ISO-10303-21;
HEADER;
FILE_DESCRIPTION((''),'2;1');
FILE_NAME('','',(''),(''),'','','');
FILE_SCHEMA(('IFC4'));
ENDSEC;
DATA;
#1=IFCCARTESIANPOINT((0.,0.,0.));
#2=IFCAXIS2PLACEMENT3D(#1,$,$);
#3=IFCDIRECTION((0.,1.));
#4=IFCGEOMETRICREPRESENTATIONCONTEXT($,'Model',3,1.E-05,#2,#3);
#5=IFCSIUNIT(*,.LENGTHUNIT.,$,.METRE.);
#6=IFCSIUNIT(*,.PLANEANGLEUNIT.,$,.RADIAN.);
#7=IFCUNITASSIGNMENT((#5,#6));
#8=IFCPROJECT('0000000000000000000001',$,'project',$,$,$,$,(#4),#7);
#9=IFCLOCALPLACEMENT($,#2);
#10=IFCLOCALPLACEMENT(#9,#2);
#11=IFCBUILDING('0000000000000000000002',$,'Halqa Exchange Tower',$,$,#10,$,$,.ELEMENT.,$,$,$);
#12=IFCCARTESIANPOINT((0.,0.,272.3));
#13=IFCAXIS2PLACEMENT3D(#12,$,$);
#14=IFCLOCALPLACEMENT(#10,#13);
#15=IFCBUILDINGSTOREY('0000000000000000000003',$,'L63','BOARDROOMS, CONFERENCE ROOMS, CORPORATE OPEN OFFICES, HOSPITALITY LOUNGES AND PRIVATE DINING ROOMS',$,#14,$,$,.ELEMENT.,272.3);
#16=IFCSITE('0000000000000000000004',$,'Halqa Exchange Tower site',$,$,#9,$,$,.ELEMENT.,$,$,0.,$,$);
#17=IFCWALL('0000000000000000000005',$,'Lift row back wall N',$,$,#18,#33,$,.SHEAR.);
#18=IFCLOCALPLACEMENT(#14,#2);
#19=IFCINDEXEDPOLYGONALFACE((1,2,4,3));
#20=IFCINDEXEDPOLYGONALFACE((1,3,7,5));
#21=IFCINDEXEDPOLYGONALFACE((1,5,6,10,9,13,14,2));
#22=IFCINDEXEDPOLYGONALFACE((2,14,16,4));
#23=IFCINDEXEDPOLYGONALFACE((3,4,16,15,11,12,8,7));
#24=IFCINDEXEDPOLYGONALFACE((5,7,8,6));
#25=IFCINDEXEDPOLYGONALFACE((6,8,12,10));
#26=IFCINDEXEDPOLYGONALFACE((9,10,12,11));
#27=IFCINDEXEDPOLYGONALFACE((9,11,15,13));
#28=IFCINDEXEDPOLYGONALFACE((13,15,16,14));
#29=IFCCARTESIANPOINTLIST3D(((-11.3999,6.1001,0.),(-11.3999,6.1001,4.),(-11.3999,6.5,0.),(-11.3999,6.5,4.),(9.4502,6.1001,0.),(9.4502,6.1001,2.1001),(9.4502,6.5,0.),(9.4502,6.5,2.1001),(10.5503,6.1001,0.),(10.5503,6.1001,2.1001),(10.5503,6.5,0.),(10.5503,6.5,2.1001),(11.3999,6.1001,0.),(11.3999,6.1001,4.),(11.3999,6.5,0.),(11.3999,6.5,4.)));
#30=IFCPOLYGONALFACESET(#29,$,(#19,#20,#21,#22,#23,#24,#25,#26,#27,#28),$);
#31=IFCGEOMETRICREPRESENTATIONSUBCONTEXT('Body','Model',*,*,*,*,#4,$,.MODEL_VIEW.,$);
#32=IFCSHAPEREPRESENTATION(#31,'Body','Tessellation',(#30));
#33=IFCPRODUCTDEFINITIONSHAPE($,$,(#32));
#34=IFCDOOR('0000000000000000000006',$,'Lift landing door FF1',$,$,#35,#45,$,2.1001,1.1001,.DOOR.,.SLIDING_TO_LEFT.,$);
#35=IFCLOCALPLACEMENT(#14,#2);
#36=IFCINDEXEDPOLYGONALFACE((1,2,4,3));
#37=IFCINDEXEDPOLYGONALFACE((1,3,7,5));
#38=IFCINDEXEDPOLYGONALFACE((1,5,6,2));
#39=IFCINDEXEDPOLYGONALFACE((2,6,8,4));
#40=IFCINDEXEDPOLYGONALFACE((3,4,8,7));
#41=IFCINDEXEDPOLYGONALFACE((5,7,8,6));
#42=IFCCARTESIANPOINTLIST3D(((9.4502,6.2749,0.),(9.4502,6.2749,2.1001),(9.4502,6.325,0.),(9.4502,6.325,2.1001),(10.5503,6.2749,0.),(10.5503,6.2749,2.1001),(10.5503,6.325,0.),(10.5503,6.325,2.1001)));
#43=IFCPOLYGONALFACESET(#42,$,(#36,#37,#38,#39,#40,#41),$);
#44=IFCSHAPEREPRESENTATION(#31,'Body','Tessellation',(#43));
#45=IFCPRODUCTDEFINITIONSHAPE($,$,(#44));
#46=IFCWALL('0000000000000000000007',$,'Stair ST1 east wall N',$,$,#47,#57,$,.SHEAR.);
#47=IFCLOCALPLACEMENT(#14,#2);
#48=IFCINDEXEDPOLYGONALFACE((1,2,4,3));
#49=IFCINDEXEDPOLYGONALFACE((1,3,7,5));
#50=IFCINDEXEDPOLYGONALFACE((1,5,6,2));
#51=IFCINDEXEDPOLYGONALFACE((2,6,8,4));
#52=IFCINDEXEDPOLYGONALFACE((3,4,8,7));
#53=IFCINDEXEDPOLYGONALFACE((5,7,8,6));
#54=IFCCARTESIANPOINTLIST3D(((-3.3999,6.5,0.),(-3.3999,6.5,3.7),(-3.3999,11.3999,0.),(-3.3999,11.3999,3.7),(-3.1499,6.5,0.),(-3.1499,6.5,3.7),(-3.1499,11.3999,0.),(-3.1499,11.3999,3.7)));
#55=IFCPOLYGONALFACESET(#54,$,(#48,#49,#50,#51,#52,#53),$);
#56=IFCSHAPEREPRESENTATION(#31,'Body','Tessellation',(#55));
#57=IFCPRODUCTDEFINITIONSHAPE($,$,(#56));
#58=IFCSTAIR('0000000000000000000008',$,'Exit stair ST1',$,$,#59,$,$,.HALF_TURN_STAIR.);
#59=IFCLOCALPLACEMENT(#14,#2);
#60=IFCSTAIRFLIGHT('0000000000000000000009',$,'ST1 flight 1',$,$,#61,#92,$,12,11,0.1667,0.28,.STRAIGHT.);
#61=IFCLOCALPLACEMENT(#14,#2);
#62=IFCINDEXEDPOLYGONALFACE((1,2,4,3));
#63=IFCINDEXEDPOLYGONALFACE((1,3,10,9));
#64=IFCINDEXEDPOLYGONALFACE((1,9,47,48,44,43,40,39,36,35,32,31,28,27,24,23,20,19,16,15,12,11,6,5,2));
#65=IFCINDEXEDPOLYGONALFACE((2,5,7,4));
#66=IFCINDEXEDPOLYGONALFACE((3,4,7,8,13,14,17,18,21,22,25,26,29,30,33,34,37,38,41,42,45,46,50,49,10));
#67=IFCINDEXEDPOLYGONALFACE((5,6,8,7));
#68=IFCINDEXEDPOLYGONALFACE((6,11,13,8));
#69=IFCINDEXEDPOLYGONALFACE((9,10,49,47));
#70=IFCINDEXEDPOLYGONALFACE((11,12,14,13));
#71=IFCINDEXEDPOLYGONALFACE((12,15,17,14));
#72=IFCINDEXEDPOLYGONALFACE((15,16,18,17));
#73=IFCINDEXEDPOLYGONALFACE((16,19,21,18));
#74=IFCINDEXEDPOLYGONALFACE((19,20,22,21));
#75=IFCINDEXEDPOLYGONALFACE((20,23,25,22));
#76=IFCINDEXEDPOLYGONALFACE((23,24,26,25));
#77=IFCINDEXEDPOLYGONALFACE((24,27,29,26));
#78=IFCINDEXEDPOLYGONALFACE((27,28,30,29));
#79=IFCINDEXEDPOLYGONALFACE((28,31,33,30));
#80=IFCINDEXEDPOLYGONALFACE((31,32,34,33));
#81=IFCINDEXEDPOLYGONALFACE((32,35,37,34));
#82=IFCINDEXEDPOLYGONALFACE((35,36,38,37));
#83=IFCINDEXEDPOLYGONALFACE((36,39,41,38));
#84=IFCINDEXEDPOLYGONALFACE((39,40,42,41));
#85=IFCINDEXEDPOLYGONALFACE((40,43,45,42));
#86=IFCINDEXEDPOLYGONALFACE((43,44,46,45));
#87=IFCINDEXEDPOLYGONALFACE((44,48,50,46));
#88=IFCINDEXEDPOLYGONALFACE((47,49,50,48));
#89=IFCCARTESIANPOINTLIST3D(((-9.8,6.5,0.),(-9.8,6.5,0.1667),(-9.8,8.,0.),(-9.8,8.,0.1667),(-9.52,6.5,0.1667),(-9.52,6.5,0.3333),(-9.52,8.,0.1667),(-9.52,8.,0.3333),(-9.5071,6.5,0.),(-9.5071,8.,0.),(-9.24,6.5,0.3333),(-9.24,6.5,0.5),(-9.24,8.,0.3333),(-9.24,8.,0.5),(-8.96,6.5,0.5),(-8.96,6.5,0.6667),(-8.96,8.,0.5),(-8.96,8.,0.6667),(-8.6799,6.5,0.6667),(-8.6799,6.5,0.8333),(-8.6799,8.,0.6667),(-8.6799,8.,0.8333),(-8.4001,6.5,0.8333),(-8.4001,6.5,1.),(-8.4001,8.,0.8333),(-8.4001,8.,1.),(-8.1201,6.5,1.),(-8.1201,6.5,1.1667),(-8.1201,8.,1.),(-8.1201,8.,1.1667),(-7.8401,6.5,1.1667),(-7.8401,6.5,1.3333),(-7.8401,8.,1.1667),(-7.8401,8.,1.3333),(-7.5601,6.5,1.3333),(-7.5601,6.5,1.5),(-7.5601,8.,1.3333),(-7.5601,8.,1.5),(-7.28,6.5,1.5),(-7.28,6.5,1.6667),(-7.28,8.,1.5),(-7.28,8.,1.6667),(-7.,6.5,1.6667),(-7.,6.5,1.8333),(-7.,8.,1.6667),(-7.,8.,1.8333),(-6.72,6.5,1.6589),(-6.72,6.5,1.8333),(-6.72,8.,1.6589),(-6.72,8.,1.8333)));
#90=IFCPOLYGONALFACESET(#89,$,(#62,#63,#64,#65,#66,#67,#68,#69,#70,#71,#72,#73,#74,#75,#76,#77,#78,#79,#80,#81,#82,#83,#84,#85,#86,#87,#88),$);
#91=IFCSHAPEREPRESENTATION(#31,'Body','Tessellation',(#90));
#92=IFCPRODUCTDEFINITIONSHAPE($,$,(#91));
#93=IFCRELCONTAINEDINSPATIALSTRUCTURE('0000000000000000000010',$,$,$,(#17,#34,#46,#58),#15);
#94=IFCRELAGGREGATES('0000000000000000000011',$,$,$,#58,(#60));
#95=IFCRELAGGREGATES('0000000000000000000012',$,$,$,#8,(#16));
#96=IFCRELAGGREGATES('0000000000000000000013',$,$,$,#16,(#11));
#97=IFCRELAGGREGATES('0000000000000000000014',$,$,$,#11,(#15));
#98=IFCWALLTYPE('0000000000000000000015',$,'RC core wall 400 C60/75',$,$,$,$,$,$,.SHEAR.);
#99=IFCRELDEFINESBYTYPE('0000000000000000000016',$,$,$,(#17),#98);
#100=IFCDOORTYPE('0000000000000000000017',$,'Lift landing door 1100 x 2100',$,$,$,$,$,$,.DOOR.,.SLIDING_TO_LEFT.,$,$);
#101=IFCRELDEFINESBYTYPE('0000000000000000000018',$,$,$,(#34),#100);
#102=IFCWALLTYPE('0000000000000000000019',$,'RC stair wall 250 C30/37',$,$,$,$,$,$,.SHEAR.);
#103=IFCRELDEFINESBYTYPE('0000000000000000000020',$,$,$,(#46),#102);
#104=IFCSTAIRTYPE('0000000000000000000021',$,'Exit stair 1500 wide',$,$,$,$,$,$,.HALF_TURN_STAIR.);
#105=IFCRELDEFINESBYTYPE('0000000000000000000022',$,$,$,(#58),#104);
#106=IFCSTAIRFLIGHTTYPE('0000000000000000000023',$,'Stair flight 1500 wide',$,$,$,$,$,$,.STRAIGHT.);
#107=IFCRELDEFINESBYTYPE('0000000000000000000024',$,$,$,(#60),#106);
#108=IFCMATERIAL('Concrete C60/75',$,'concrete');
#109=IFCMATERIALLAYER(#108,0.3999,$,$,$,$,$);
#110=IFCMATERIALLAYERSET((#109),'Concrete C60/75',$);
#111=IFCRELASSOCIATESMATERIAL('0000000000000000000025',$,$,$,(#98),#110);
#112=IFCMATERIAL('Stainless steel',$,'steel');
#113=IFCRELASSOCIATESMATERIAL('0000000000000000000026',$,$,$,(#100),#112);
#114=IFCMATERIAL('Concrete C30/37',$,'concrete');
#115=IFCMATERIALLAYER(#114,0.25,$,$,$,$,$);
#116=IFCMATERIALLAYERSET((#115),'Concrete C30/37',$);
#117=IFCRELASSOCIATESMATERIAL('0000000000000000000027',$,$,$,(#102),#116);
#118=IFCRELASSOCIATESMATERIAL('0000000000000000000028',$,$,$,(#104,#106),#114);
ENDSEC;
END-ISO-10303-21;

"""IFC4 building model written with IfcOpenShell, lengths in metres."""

from ifc_helpers import new_model, si_unit, direction, frame, frame_2d, origin, place, context, subcontext, project, spatial, polyline, rectangle, outline, extrude, material, layer, layer_set, type_object, element, fill, aggregate, save


model = new_model("IFC4")

# Units and contexts
model_context = context("Model", 3, precision=1e-05, world=origin(), true_north=direction((0.0, 1.0)))
body_context = subcontext(model_context, "Body", "Model", "MODEL_VIEW")
ifc_project = project(units=[si_unit("LENGTHUNIT", "METRE"), si_unit("PLANEANGLEUNIT", "RADIAN")], contexts=[model_context])

# Site, building, storey
site_placement = place(None, origin())
site = spatial("IfcSite", under=ifc_project, at=site_placement, Name="Halqa Exchange Tower site", CompositionType="ELEMENT", RefElevation=0.0)
building_placement = place(site_placement, origin())
building = spatial("IfcBuilding", under=site, at=building_placement, Name="Halqa Exchange Tower", CompositionType="ELEMENT")
storey_placement = place(building_placement, frame((0.0, 0.0, 272.3)))
storey = spatial("IfcBuildingStorey", under=building, at=storey_placement, Name="L63", Description="BOARDROOMS, CONFERENCE ROOMS, CORPORATE OPEN OFFICES, HOSPITALITY LOUNGES AND PRIVATE DINING ROOMS", CompositionType="ELEMENT", Elevation=272.3)

# Shared definitions
ifc_material_1 = material(Name="Concrete C60/75", Category="concrete")

# Shared definitions
ifc_layer_1 = layer(ifc_material_1, 0.3999)
ifc_layer_set_1 = layer_set([ifc_layer_1], Name="Concrete C60/75")
wall_type_1 = type_object("IfcWallType", Name="RC core wall 400 C60/75", PredefinedType="SHEAR", material=ifc_layer_set_1)
ifc_material_2 = material(Name="Stainless steel", Category="steel")
door_type_1 = type_object("IfcDoorType", Name="Lift landing door 1100 x 2100", OperationType="SLIDING_TO_LEFT", PredefinedType="DOOR", material=ifc_material_2)

# Wall, opening, door
wall_1_placement = place(storey_placement, frame((-11.3999, 6.3, 0.0), z_axis=(0.0, 0.0, 1.0), x_axis=(1.0, 0.0, 0.0)))
wall_1 = element("IfcWall", 1, at=wall_1_placement, inside=storey, type_object=wall_type_1, Name="Lift row back wall N", PredefinedType="SHEAR", context=body_context, shape_type="SweptSolid", body=[
    extrude(rectangle(XDim=22.7998, YDim=0.3999, at=frame_2d((11.3999, 0.0))), origin(), (0.0, 0.0, 1.0), 4.0),
])
opening_1_placement = place(wall_1_placement, frame((20.8501, 0.0, 0.0)))
opening_1 = element("IfcOpeningElement", 2, at=opening_1_placement, cuts=wall_1, PredefinedType="OPENING", context=body_context, shape_type="SweptSolid", body=[
    extrude(rectangle(XDim=1.1001, YDim=2.1001, at=frame_2d((0.55, 1.05))), frame((0.0, 0.2119, 0.0), z_axis=(0.0, -1.0, 0.0), x_axis=(1.0, 0.0, 0.0)), (0.0, 0.0, 1.0), 0.4238),
])
door_1_placement = place(opening_1_placement, origin())
door_1 = element("IfcDoor", 3, at=door_1_placement, inside=storey, type_object=door_type_1, Name="Lift landing door FF1", OperationType="SLIDING_TO_LEFT", OverallHeight=2.1001, OverallWidth=1.1001, PredefinedType="DOOR", context=body_context, shape_type="SweptSolid", body=[
    extrude(rectangle(XDim=1.1001, YDim=2.1001, at=frame_2d((0.55, 1.05))), frame((0.0, 0.0249, 0.0), z_axis=(0.0, -1.0, 0.0), x_axis=(1.0, 0.0, 0.0)), (0.0, 0.0, 1.0), 0.05),
])
fill(opening_1, door_1)

# Wall
ifc_material_3 = material(Name="Concrete C30/37", Category="concrete")
ifc_layer_2 = layer(ifc_material_3, 0.25)
ifc_layer_set_2 = layer_set([ifc_layer_2], Name="Concrete C30/37")
wall_type_2 = type_object("IfcWallType", Name="RC stair wall 250 C30/37", PredefinedType="SHEAR", material=ifc_layer_set_2)
wall_2_placement = place(storey_placement, frame((-3.2749, 6.5, 0.0), z_axis=(0.0, 0.0, 1.0), x_axis=(0.0, 1.0, 0.0)))
element("IfcWall", 4, at=wall_2_placement, inside=storey, type_object=wall_type_2, Name="Stair ST1 east wall N", PredefinedType="SHEAR", context=body_context, shape_type="SweptSolid", body=[
    extrude(rectangle(XDim=4.8999, YDim=0.25, at=frame_2d((2.45, 0.0))), origin(), (0.0, 0.0, 1.0), 3.7),
])

# Stair, stair flight
stair_type = type_object("IfcStairType", Name="Exit stair 1500 wide", PredefinedType="HALF_TURN_STAIR", material=ifc_material_3)
stair_placement = place(storey_placement, origin())
stair = element("IfcStair", 5, at=stair_placement, inside=storey, type_object=stair_type, Name="Exit stair ST1", PredefinedType="HALF_TURN_STAIR")
stair_flight_type = type_object("IfcStairFlightType", Name="Stair flight 1500 wide", PredefinedType="STRAIGHT", material=ifc_material_3)
stair_flight_placement = place(storey_placement, frame((-9.8, 7.25, 0.0), z_axis=(0.0, 0.0, 1.0), x_axis=(1.0, 0.0, 0.0)))
stair_flight = element("IfcStairFlight", 6, at=stair_flight_placement, type_object=stair_flight_type, Name="ST1 flight 1", NumberOfRisers=12, NumberOfTreads=11, PredefinedType="STRAIGHT", RiserHeight=0.1667, TreadLength=0.28, context=body_context, shape_type="SweptSolid", body=[
    extrude(outline(polyline([(0.0, 0.0), (0.0, 0.1667), (0.28, 0.1667), (0.28, 0.3333), (0.5601, 0.3333), (0.5601, 0.5), (0.8401, 0.5), (0.8401, 0.6667), (1.1201, 0.6667), (1.1201, 0.8333), (1.3999, 0.8333), (1.3999, 1.0), (1.6799, 1.0), (1.6799, 1.1667), (1.96, 1.1667), (1.96, 1.3333), (2.24, 1.3333), (2.24, 1.5), (2.52, 1.5), (2.52, 1.6667), (2.8, 1.6667), (2.8, 1.8333), (3.0801, 1.8333), (3.0801, 2.0), (3.0801, 1.6589), (0.293, 0.0), (0.0, 0.0)])), frame((0.0, 0.75, 0.0), z_axis=(0.0, -1.0, 0.0), x_axis=(1.0, 0.0, 0.0)), (0.0, 0.0, 1.0), 1.5),
])
aggregate(stair, [stair_flight])

save(model, "model.ifc")
